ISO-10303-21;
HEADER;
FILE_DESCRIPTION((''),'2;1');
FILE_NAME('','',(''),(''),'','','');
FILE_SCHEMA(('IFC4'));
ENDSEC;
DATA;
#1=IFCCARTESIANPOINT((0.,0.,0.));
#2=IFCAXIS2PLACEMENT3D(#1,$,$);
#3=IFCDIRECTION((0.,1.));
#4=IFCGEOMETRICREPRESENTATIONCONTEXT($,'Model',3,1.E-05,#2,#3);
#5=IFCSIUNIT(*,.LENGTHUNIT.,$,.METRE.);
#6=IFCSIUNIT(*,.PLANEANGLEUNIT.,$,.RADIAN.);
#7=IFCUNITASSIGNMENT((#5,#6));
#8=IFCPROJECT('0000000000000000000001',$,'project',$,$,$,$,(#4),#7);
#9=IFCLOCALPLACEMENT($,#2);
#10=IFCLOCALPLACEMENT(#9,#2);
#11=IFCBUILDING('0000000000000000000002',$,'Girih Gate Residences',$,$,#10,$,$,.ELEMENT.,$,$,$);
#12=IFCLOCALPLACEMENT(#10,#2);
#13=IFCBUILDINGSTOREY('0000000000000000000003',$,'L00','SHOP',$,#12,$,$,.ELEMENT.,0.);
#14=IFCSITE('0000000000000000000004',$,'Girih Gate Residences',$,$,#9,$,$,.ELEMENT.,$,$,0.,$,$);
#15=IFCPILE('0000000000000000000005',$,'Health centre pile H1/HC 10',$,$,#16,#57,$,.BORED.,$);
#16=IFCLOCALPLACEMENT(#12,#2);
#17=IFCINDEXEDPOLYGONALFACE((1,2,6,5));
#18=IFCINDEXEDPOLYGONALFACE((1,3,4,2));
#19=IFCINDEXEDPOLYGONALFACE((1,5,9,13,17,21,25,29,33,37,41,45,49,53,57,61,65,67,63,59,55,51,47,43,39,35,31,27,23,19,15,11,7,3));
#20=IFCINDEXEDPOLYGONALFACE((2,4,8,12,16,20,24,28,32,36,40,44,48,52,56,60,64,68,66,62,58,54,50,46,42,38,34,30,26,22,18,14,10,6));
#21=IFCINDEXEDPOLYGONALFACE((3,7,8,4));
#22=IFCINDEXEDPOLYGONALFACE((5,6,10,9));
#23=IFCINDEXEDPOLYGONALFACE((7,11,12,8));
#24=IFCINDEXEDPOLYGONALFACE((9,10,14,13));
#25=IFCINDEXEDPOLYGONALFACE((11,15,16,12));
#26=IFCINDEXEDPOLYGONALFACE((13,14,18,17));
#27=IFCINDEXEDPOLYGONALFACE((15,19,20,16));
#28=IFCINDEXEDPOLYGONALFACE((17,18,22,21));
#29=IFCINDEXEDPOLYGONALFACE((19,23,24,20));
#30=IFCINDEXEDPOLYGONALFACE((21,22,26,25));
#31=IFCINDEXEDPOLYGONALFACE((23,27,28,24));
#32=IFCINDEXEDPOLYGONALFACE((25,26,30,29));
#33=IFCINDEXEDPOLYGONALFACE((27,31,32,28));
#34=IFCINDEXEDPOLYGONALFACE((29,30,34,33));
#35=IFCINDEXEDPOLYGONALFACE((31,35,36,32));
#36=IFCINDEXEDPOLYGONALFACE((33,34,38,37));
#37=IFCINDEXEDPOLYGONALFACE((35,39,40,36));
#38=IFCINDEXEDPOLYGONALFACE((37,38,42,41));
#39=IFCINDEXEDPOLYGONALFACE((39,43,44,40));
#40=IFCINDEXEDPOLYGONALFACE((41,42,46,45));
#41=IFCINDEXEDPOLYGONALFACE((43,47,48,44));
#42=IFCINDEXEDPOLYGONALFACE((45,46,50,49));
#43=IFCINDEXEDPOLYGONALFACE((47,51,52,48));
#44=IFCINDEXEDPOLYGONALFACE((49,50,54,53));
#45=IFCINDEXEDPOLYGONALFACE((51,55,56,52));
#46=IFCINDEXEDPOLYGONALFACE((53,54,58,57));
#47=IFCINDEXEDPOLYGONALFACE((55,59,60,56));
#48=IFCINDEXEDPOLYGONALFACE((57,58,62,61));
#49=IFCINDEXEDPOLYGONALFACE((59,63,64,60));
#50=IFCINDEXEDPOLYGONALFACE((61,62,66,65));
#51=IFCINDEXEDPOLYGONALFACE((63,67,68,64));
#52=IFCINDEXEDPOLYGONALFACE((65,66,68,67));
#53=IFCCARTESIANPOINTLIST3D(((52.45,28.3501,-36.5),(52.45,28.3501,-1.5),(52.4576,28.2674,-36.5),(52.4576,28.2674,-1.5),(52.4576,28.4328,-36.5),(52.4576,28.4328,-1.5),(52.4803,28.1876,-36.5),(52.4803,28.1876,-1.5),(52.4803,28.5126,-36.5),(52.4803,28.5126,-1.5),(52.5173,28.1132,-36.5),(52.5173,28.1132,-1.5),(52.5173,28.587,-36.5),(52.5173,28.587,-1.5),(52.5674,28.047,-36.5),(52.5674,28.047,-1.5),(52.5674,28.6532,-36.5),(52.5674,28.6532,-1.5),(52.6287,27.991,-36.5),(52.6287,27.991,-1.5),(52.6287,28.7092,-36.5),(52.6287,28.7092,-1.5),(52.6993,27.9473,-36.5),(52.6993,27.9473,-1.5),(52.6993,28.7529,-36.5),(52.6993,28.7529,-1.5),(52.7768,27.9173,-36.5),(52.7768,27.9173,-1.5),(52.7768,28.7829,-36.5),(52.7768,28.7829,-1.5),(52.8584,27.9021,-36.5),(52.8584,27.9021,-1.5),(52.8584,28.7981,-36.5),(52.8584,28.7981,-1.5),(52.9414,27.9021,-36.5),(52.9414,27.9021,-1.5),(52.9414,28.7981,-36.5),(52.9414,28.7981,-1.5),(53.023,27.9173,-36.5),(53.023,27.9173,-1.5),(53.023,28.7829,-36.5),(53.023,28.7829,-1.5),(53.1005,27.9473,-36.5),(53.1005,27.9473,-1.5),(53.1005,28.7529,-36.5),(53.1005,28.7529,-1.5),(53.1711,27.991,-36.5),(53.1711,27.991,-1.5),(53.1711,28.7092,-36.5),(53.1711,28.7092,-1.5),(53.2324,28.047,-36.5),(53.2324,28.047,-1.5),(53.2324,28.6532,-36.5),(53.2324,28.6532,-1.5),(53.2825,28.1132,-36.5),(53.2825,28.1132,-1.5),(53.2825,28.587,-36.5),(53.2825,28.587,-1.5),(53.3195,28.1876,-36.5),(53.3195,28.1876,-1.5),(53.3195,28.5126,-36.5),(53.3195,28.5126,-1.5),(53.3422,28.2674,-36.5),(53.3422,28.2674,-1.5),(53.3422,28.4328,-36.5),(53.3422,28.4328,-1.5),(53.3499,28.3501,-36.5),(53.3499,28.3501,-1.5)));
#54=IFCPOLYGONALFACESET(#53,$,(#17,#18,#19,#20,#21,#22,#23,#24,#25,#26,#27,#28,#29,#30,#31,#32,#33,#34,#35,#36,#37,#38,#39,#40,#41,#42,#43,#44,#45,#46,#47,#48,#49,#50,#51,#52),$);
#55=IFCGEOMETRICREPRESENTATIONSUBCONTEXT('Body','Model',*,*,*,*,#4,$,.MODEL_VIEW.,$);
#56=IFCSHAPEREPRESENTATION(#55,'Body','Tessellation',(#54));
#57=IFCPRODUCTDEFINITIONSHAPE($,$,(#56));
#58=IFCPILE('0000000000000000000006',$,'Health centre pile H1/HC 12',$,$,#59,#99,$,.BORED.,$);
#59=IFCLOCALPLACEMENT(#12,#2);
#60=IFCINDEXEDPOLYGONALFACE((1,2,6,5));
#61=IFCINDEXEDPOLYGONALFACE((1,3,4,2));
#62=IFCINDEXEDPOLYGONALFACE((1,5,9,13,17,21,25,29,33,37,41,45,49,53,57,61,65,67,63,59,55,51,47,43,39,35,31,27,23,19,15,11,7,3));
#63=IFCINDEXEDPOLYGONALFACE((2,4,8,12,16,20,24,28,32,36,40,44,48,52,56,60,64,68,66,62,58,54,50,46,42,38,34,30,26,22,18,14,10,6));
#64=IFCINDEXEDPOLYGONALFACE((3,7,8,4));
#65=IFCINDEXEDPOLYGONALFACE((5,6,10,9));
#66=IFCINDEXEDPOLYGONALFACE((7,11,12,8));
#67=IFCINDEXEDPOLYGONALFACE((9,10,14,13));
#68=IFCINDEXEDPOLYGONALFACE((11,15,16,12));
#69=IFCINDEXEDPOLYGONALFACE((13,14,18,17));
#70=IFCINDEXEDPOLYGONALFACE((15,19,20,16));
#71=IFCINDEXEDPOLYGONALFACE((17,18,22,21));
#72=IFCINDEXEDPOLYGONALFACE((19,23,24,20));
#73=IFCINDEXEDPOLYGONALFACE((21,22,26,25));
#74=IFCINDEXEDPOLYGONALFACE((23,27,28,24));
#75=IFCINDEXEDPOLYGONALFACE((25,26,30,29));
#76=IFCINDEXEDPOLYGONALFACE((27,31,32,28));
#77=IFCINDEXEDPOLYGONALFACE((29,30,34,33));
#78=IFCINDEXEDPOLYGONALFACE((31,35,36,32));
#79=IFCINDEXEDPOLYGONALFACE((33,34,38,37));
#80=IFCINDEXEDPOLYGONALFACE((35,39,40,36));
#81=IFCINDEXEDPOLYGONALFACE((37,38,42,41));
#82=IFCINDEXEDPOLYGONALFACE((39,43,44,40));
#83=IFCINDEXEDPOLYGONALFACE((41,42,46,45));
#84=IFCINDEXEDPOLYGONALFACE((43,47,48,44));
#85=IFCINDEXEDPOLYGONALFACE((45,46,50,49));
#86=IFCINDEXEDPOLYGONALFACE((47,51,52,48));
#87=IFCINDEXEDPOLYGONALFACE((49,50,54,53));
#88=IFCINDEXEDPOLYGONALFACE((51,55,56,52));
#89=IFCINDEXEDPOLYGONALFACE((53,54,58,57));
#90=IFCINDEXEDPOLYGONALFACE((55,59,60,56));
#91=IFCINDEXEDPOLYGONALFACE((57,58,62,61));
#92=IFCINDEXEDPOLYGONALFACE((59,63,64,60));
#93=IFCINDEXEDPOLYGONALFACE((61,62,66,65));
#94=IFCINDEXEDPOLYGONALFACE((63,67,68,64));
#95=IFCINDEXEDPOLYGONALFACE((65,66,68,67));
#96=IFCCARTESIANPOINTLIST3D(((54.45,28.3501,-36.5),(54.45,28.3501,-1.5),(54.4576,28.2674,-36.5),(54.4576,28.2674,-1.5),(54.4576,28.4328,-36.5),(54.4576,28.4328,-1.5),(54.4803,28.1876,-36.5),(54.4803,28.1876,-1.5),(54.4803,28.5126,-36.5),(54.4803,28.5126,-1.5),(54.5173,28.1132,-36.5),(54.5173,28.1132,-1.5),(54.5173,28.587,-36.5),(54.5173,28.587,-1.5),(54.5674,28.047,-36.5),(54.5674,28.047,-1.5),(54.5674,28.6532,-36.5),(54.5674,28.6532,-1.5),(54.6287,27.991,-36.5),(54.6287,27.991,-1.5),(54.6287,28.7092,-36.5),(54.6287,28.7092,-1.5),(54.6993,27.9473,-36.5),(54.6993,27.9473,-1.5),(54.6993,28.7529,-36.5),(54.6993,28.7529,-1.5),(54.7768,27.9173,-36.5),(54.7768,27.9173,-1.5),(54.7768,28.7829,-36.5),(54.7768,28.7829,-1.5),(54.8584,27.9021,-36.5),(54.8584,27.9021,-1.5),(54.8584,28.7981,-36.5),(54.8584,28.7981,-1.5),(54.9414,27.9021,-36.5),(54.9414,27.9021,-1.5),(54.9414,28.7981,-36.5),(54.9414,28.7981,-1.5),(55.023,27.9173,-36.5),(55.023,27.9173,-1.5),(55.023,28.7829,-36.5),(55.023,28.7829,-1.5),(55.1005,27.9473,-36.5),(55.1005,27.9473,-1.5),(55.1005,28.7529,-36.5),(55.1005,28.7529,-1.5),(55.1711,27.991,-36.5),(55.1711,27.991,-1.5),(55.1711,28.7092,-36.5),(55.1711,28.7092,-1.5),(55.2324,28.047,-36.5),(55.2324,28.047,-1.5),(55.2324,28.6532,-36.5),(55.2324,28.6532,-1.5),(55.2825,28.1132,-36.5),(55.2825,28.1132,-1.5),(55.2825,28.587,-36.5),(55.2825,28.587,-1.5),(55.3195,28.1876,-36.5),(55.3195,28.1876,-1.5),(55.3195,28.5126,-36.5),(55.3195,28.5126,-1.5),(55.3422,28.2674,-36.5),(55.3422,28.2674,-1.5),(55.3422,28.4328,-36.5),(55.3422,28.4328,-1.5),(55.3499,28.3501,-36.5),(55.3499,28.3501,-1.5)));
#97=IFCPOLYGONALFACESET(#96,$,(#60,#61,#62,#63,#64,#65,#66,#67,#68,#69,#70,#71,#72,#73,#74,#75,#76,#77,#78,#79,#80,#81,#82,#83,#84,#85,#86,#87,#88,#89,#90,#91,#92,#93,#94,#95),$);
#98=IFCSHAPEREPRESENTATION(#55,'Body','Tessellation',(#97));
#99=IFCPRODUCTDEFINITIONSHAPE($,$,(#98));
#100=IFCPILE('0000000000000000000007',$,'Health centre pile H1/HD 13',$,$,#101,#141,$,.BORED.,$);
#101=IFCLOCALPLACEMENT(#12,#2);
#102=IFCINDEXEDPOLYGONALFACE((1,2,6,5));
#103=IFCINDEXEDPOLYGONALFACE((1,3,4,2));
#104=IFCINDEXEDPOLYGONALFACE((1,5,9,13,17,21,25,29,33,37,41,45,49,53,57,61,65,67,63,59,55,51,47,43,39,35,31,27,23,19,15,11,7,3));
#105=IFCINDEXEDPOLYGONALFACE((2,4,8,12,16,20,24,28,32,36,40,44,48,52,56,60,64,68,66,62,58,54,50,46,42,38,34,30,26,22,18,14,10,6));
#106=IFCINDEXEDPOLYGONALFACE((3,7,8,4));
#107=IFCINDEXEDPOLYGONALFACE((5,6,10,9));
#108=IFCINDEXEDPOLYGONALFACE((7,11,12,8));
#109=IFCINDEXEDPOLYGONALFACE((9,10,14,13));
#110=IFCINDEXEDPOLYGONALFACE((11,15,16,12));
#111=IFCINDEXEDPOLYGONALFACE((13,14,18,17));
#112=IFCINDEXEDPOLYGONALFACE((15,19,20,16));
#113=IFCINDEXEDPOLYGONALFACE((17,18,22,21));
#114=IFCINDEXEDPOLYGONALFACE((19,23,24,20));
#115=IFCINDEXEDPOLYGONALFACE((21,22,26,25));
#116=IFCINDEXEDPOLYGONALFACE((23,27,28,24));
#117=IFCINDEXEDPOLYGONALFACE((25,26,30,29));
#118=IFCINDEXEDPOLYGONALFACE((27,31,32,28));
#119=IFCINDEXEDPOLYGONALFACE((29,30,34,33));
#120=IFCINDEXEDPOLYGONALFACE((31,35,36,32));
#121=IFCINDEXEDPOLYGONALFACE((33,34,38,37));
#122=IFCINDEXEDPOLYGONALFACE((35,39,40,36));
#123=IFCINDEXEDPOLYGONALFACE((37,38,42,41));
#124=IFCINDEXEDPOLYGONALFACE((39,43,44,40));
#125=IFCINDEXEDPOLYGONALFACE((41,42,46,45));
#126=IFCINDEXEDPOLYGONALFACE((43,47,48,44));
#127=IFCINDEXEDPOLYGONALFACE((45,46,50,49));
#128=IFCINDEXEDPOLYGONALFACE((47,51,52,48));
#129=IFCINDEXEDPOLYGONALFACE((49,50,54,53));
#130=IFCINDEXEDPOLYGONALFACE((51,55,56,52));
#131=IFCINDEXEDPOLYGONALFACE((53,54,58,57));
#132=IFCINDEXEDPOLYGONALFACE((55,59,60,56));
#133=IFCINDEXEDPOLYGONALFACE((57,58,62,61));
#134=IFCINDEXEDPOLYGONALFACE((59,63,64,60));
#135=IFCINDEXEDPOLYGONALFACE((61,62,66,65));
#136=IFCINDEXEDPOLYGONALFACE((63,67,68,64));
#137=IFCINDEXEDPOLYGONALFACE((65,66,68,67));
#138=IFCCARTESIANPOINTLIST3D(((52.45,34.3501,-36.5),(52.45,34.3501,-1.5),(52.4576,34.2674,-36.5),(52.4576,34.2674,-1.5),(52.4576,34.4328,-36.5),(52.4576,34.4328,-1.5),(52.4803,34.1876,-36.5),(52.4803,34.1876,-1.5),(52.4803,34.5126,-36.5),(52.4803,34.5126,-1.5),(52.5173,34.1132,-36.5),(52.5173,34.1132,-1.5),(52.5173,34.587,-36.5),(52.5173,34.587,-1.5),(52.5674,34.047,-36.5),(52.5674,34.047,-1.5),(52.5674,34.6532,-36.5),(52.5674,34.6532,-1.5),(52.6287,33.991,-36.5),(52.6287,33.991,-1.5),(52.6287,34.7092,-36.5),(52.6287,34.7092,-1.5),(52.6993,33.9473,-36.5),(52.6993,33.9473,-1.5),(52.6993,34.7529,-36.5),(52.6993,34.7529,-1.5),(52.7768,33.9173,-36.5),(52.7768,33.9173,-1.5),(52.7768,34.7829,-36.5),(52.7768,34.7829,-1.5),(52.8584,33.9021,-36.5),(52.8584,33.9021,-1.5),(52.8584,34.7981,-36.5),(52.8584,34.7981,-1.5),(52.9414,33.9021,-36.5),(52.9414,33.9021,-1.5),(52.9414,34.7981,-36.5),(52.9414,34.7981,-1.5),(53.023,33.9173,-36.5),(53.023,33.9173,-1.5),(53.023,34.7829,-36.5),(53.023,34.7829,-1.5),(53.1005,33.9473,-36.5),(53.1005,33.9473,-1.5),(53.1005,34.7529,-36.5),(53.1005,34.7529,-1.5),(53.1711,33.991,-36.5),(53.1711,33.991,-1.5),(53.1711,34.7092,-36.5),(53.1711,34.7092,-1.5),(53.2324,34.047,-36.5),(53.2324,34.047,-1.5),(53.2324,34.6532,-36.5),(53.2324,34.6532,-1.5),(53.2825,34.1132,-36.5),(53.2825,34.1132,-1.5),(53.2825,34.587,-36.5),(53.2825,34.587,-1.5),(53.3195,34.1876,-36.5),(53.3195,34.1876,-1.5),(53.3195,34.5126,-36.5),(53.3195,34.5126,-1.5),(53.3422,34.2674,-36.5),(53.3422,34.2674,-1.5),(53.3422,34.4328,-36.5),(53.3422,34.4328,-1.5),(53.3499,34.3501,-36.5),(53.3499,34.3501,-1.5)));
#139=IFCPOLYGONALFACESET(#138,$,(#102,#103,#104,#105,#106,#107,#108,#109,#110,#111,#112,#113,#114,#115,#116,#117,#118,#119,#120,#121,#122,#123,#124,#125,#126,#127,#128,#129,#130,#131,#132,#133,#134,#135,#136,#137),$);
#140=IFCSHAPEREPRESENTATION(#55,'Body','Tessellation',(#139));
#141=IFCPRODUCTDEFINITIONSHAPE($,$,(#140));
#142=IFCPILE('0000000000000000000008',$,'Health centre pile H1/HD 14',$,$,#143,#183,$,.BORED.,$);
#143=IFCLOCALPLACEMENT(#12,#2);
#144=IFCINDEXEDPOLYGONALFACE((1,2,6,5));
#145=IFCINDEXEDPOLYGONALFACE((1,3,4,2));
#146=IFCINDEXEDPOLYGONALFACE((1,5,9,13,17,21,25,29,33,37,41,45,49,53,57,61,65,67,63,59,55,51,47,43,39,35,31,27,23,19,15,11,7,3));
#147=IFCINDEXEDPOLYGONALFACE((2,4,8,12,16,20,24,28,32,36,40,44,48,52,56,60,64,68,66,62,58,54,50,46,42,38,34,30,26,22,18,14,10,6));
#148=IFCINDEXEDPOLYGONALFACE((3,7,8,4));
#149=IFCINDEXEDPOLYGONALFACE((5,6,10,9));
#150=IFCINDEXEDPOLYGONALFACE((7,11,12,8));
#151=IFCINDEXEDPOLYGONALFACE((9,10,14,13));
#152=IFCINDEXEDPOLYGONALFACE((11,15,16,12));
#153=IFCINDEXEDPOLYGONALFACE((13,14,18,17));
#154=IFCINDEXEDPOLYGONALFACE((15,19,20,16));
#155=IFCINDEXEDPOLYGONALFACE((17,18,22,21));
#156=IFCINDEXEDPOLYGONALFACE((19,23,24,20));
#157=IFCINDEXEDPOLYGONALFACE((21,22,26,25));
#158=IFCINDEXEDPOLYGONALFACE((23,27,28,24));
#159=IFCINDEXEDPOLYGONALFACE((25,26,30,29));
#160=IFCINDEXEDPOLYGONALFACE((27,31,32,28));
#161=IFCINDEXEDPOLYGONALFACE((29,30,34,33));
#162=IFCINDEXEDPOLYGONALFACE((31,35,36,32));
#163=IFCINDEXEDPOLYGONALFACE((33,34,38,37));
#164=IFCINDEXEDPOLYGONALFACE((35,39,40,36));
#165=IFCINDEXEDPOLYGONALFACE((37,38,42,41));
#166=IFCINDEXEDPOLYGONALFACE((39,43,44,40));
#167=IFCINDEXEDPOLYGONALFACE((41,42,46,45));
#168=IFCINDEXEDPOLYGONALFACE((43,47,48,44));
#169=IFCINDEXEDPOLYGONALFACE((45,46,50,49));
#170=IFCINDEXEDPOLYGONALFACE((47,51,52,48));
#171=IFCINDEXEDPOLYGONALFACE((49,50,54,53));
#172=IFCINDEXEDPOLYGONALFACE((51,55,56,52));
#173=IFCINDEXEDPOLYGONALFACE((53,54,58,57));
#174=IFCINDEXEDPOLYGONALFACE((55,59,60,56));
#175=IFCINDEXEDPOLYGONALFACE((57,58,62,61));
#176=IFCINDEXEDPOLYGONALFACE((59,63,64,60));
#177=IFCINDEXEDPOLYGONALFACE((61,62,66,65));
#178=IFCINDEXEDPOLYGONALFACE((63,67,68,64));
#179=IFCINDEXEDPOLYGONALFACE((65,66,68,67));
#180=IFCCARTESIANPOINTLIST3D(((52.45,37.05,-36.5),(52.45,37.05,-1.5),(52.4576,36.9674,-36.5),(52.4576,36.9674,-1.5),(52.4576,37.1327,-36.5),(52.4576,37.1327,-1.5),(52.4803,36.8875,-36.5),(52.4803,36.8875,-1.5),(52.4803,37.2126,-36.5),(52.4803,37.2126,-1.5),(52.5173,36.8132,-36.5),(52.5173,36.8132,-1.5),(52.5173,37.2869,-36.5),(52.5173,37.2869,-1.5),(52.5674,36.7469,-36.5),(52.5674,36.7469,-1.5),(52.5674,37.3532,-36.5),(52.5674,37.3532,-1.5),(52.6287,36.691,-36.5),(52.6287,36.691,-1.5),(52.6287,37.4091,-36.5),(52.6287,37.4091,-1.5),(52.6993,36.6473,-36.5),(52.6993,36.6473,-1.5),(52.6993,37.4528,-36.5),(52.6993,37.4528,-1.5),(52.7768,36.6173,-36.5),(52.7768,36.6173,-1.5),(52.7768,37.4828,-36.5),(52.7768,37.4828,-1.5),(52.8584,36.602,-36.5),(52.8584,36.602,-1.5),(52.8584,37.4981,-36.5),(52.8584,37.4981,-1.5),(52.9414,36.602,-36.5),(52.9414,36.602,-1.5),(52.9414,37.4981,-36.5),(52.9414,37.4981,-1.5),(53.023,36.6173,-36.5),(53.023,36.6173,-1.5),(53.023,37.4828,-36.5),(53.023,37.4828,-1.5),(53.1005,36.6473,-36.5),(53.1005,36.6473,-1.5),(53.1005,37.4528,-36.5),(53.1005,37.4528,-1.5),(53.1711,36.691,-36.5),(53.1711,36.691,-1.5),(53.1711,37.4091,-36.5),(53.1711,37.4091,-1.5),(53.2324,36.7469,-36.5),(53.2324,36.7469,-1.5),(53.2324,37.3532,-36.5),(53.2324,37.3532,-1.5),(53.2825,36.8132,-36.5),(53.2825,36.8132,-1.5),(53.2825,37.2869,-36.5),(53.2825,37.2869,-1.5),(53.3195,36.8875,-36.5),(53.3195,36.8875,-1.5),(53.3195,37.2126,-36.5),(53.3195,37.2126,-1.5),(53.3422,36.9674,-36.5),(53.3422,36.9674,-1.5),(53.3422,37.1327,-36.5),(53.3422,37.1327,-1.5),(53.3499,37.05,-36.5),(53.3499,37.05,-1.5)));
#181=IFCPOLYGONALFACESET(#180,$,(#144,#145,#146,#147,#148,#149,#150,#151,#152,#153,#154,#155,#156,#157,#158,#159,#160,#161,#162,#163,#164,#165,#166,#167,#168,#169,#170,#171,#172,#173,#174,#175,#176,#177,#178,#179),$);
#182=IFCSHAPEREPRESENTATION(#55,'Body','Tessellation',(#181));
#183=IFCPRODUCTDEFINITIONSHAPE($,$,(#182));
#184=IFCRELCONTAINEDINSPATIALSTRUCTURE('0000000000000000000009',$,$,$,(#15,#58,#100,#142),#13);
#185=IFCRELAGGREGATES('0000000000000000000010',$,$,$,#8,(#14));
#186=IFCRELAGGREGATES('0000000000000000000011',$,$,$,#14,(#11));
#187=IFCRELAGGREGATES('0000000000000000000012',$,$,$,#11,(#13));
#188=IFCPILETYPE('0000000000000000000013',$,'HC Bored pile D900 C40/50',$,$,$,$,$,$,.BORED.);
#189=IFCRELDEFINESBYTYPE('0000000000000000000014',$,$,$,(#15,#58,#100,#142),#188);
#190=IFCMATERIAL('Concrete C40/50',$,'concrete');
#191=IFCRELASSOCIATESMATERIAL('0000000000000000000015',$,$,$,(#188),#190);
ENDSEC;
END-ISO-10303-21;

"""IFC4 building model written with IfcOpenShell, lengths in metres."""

from ifc_helpers import new_model, si_unit, direction, frame, origin, origin_2d, place, context, subcontext, project, spatial, circle, extrude, material, material_profile, profile_set, type_object, element, save


model = new_model("IFC4")

# Units and contexts
model_context = context("Model", 3, precision=1e-05, world=origin(), true_north=direction((0.0, 1.0)))
body_context = subcontext(model_context, "Body", "Model", "MODEL_VIEW")
ifc_project = project(units=[si_unit("LENGTHUNIT", "METRE"), si_unit("PLANEANGLEUNIT", "RADIAN")], contexts=[model_context])

# Site, building, storey
site_placement = place(None, origin())
site = spatial("IfcSite", under=ifc_project, at=site_placement, Name="Girih Gate Residences", CompositionType="ELEMENT", RefElevation=0.0)
building_placement = place(site_placement, origin())
building = spatial("IfcBuilding", under=site, at=building_placement, Name="Girih Gate Residences", CompositionType="ELEMENT")
storey_placement = place(building_placement, origin())
storey = spatial("IfcBuildingStorey", under=building, at=storey_placement, Name="L00", Description="SHOP", CompositionType="ELEMENT", Elevation=0.0)

# Piles
ifc_material_1 = material(Name="Concrete C40/50", Category="concrete")
ifc_material_profile_1 = material_profile(ifc_material_1, circle(Radius=0.45, at=origin_2d()))
ifc_profile_set_1 = profile_set([ifc_material_profile_1], Name="Concrete C40/50")
pile_type = type_object("IfcPileType", Name="HC Bored pile D900 C40/50", PredefinedType="BORED", material=ifc_profile_set_1)
for number, where, z_axis, x_axis, name in (
    (1, (52.8999, 28.3501, -1.5), (0.0, 0.0, -1.0), (1.0, 0.0, 0.0), "Health centre pile H1/HC 10"),
    (2, (54.8999, 28.3501, -1.5), (0.0, 0.0, -1.0), (1.0, 0.0, 0.0), "Health centre pile H1/HC 12"),
    (3, (52.8999, 34.3501, -1.5), (0.0, 0.0, -1.0), (1.0, 0.0, 0.0), "Health centre pile H1/HD 13"),
    (4, (52.8999, 37.05, -1.5), (0.0, 0.0, -1.0), (1.0, 0.0, 0.0), "Health centre pile H1/HD 14"),
):
    element("IfcPile", number, at=place(storey_placement, frame(where, z_axis=z_axis, x_axis=x_axis)), inside=storey, type_object=pile_type, Name=name, PredefinedType="BORED", context=body_context, shape_type="SweptSolid", body=[
        extrude(circle(Radius=0.45, at=origin_2d()), origin(), (0.0, 0.0, 1.0), 35.0),
    ])

save(model, "model.ifc")
